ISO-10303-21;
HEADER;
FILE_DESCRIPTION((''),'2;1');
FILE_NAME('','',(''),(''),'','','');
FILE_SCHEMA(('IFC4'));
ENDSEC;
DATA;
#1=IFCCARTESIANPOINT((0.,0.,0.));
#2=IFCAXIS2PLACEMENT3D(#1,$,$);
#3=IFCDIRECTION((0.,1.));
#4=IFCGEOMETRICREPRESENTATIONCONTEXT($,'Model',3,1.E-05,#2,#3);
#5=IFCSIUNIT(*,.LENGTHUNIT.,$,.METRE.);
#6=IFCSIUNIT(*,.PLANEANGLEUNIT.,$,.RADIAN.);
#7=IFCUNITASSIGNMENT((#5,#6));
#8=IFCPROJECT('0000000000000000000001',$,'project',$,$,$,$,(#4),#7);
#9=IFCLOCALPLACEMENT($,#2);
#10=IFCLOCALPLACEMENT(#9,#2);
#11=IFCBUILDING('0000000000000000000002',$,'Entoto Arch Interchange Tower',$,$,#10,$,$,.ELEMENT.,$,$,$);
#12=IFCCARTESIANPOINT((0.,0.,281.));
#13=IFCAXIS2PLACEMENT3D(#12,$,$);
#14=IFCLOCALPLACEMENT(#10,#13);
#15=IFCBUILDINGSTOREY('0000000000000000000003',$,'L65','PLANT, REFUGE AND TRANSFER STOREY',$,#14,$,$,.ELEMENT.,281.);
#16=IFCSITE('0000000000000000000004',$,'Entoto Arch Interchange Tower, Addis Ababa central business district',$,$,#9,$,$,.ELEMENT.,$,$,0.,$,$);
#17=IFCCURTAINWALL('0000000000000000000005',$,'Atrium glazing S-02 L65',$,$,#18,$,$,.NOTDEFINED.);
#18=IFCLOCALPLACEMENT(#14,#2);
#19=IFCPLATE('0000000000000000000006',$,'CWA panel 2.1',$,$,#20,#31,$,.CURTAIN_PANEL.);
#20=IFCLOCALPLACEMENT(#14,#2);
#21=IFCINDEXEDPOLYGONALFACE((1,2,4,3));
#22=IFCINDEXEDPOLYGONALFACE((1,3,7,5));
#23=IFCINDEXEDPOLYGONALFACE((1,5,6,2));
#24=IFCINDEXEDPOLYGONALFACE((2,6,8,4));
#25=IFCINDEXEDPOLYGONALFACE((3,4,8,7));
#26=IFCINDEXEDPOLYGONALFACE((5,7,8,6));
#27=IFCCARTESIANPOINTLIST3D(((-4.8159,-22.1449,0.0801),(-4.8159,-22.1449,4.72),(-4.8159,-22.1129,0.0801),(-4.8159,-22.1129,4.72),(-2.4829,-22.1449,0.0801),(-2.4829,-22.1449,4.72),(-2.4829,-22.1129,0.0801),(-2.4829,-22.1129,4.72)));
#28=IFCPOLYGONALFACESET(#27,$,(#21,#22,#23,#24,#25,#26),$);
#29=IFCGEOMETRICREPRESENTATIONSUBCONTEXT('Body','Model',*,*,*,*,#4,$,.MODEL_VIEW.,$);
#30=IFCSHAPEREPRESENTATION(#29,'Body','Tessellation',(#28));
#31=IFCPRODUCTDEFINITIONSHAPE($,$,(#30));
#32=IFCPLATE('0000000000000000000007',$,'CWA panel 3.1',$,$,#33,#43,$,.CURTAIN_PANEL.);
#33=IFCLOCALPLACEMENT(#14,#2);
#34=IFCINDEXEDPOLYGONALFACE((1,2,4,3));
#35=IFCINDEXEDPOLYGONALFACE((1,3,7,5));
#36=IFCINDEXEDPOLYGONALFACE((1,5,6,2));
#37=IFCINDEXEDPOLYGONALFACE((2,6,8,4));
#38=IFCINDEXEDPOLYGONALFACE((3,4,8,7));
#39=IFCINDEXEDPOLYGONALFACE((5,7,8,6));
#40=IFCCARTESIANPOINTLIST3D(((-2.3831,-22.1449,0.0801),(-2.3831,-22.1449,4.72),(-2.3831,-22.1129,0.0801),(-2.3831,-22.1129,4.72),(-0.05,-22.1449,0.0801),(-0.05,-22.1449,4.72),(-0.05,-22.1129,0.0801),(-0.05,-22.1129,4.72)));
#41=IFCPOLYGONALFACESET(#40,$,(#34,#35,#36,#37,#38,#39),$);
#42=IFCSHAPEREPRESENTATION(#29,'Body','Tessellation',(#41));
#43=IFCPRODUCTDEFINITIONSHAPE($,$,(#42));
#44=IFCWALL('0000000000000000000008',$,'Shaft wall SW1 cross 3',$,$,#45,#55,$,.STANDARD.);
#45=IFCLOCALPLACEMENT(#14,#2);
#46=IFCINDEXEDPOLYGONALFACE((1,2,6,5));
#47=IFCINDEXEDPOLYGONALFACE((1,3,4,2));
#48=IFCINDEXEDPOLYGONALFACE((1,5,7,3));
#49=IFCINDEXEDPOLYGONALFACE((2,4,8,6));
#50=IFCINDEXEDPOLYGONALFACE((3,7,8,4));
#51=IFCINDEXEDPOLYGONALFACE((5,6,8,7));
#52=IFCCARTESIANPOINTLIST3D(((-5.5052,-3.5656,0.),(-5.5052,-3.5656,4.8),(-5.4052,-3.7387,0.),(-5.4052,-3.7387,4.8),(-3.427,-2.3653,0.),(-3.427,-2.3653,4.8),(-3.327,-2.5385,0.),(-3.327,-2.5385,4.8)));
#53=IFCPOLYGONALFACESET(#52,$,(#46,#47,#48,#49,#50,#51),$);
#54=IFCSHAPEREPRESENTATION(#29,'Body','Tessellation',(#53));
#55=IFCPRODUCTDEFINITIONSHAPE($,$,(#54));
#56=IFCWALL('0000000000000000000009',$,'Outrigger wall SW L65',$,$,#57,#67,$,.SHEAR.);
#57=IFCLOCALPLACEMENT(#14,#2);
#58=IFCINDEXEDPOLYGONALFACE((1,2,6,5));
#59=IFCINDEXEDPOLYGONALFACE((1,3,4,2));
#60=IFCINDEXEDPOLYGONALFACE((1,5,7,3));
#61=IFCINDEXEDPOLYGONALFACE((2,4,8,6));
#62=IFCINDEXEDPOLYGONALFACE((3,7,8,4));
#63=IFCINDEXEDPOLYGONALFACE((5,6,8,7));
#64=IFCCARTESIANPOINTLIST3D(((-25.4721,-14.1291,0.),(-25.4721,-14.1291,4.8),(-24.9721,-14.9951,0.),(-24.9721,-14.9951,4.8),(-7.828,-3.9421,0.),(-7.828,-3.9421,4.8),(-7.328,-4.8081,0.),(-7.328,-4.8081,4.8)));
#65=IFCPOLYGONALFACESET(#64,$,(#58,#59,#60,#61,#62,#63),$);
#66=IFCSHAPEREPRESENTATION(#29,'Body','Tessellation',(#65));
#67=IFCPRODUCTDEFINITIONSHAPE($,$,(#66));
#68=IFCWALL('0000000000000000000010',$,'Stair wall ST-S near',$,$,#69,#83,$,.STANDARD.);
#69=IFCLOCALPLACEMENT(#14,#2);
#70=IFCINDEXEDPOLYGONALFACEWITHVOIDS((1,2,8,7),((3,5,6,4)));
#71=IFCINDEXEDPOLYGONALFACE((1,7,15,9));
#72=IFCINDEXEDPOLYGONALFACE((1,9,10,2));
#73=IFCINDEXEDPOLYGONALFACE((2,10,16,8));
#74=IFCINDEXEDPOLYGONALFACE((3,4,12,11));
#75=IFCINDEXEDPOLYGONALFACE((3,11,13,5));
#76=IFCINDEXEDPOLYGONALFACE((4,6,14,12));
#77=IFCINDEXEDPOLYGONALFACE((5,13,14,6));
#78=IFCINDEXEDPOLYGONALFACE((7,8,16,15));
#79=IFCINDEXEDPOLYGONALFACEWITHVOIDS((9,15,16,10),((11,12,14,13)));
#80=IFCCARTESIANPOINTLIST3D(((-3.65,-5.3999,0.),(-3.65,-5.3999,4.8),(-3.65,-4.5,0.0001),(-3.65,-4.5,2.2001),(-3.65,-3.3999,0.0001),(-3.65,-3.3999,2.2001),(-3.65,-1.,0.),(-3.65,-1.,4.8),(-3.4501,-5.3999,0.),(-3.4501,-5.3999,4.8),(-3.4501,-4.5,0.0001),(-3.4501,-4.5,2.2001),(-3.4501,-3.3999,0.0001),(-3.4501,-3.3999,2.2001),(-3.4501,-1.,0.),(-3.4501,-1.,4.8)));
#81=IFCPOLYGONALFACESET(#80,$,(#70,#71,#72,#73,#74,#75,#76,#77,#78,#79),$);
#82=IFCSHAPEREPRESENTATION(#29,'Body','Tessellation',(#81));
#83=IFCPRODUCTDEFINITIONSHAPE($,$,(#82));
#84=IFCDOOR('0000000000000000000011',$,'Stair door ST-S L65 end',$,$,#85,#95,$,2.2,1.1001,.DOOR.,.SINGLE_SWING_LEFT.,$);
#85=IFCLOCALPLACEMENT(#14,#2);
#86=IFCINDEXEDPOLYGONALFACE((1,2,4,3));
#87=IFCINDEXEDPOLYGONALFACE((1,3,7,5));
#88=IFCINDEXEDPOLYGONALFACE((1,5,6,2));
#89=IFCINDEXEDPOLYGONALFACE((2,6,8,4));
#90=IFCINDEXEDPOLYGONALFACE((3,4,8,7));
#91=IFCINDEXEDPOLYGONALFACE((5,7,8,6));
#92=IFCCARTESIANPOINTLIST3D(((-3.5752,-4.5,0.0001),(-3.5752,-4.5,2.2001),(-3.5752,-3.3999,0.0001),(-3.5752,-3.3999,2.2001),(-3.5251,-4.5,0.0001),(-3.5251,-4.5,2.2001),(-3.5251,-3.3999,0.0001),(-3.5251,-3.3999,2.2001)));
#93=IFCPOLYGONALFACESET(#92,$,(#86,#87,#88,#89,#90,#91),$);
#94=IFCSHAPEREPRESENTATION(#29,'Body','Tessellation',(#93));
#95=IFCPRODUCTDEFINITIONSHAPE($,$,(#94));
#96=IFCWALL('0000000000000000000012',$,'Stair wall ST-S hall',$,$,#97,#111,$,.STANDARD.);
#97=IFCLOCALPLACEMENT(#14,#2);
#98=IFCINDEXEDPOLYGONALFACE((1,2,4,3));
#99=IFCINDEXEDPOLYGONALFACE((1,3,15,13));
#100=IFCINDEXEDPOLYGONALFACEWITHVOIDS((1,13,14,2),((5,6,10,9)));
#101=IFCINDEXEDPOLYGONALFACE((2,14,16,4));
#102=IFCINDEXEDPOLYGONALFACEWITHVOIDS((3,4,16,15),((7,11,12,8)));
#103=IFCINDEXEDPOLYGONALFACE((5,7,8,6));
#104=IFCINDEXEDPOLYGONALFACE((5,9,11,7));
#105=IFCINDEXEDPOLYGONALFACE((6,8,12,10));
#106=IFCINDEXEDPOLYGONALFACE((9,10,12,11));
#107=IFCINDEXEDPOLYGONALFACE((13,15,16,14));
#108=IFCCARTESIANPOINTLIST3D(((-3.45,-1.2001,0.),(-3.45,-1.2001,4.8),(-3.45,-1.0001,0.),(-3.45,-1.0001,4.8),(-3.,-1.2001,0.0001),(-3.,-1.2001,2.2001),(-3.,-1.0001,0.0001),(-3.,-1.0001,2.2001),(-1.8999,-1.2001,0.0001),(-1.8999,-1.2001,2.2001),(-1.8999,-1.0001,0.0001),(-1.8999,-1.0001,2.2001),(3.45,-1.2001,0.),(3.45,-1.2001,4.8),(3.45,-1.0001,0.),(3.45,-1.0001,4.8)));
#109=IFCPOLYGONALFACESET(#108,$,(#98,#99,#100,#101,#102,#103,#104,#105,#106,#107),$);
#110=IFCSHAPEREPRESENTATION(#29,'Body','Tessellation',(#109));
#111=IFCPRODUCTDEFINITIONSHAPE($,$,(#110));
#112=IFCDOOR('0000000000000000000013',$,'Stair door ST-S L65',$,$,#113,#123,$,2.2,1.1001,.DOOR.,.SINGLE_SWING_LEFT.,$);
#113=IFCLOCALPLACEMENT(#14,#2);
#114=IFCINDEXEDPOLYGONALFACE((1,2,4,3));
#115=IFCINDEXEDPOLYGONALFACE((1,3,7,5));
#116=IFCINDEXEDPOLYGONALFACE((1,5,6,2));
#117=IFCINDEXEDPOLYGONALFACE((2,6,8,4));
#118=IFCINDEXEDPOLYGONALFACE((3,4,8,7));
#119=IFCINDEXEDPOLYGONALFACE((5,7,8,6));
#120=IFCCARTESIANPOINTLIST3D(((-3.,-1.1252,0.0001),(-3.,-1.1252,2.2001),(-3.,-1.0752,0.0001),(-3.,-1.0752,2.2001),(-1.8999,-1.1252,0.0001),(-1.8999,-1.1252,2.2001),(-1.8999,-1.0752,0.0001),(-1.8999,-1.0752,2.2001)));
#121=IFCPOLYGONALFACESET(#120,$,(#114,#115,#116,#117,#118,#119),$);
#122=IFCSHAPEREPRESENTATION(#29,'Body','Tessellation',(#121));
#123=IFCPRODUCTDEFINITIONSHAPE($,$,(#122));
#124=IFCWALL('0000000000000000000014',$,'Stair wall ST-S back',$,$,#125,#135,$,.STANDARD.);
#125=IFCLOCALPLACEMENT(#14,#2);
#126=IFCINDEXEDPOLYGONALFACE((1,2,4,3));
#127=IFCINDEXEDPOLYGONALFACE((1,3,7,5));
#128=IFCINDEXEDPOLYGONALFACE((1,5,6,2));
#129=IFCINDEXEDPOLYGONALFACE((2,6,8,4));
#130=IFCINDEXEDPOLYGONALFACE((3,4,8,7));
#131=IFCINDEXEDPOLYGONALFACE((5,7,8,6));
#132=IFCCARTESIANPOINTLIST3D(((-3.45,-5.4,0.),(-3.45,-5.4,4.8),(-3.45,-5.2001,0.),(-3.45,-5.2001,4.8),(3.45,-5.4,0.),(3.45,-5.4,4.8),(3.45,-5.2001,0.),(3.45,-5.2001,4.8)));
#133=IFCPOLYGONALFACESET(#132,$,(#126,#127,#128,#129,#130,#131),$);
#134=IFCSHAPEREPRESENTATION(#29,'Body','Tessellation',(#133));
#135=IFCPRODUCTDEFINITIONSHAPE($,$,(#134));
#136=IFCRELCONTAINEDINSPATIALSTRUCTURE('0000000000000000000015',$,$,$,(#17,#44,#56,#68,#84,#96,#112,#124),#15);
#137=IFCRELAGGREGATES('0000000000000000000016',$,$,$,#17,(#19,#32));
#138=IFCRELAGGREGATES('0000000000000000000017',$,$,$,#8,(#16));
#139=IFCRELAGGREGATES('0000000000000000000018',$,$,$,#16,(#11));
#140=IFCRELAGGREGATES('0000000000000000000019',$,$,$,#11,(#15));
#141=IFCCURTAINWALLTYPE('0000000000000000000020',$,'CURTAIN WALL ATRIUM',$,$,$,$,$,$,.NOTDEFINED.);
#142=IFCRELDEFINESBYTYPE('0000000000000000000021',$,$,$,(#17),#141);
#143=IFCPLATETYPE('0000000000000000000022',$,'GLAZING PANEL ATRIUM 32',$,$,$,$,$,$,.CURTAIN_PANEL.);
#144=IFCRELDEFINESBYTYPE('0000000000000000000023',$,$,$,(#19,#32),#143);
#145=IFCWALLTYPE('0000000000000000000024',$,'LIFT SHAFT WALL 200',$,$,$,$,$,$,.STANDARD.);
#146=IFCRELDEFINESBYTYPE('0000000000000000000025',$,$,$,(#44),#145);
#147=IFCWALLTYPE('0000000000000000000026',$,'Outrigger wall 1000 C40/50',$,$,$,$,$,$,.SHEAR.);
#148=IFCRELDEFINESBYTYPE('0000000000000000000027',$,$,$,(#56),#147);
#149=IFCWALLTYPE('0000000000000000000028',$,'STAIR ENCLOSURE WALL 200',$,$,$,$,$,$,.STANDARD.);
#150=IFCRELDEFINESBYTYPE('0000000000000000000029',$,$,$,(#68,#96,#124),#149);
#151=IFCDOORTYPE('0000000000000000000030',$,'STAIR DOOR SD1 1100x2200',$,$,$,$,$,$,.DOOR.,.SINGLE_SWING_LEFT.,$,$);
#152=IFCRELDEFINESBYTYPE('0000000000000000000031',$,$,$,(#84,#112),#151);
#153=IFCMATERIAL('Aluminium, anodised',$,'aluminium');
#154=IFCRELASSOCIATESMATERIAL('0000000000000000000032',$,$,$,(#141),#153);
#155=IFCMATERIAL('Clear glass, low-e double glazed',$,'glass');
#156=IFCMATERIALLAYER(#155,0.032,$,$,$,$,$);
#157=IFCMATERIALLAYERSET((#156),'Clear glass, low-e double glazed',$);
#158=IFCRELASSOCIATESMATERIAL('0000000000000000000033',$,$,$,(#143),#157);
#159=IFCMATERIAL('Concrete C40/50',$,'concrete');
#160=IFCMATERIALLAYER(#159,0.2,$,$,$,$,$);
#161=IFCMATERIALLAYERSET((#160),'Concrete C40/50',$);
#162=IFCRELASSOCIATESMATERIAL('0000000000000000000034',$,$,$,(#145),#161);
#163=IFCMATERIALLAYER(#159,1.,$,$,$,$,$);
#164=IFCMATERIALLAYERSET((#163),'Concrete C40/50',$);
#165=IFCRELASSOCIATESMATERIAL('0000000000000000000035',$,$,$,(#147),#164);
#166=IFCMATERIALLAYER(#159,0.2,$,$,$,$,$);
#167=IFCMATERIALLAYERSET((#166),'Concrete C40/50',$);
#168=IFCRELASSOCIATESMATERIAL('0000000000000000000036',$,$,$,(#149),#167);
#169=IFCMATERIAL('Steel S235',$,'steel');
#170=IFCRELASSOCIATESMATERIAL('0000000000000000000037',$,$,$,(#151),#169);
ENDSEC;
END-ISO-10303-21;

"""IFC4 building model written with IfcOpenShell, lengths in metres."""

from ifc_helpers import new_model, si_unit, direction, frame, frame_2d, origin, origin_2d, place, context, subcontext, project, spatial, rectangle, extrude, material, layer, layer_set, type_object, element, fill, aggregate, save


model = new_model("IFC4")

# Units and contexts
model_context = context("Model", 3, precision=1e-05, world=origin(), true_north=direction((0.0, 1.0)))
body_context = subcontext(model_context, "Body", "Model", "MODEL_VIEW")
ifc_project = project(units=[si_unit("LENGTHUNIT", "METRE"), si_unit("PLANEANGLEUNIT", "RADIAN")], contexts=[model_context])

# Site, building, storey
site_placement = place(None, origin())
site = spatial("IfcSite", under=ifc_project, at=site_placement, Name="Entoto Arch Interchange Tower, Addis Ababa central business district", CompositionType="ELEMENT", RefElevation=0.0)
building_placement = place(site_placement, origin())
building = spatial("IfcBuilding", under=site, at=building_placement, Name="Entoto Arch Interchange Tower", CompositionType="ELEMENT")
storey_placement = place(building_placement, frame((0.0, 0.0, 281.0)))
storey = spatial("IfcBuildingStorey", under=building, at=storey_placement, Name="L65", Description="PLANT, REFUGE AND TRANSFER STOREY", CompositionType="ELEMENT", Elevation=281.0)

# Curtain wall
ifc_material_1 = material(Name="Aluminium, anodised", Category="aluminium")
curtain_wall_type = type_object("IfcCurtainWallType", Name="CURTAIN WALL ATRIUM", PredefinedType="NOTDEFINED", material=ifc_material_1)
curtain_wall_placement = place(storey_placement, origin())
curtain_wall = element("IfcCurtainWall", 1, at=curtain_wall_placement, inside=storey, type_object=curtain_wall_type, Name="Atrium glazing S-02 L65", PredefinedType="NOTDEFINED")

# Shared definitions
ifc_material_2 = material(Name="Concrete C40/50", Category="concrete")

# Plates
ifc_material_3 = material(Name="Clear glass, low-e double glazed", Category="glass")
ifc_layer_1 = layer(ifc_material_3, 0.032)
ifc_layer_set_1 = layer_set([ifc_layer_1], Name="Clear glass, low-e double glazed")
plate_type = type_object("IfcPlateType", Name="GLAZING PANEL ATRIUM 32", PredefinedType="CURTAIN_PANEL", material=ifc_layer_set_1)
plate_1_placement = place(storey_placement, frame((-3.6494, -22.1289, 0.0801), z_axis=(0.0, 0.0, 1.0), x_axis=(1.0, 0.0, 0.0)))
plate_1 = element("IfcPlate", 2, at=plate_1_placement, type_object=plate_type, Name="CWA panel 2.1", PredefinedType="CURTAIN_PANEL", context=body_context, shape_type="SweptSolid", body=[
    extrude(rectangle(XDim=2.333, YDim=0.032, at=origin_2d()), origin(), (0.0, 0.0, 1.0), 4.6399),
])
plate_2_placement = place(storey_placement, frame((-1.2166, -22.1289, 0.0801), z_axis=(0.0, 0.0, 1.0), x_axis=(1.0, 0.0, 0.0)))
plate_2 = element("IfcPlate", 3, at=plate_2_placement, type_object=plate_type, Name="CWA panel 3.1", PredefinedType="CURTAIN_PANEL", context=body_context, shape_type="SweptSolid", body=[
    extrude(rectangle(XDim=2.333, YDim=0.032, at=origin_2d()), origin(), (0.0, 0.0, 1.0), 4.6399),
])
aggregate(curtain_wall, [plate_1, plate_2])

# Walls
ifc_layer_2 = layer(ifc_material_2, 0.2)
ifc_layer_set_2 = layer_set([ifc_layer_2], Name="Concrete C40/50")
wall_type_1 = type_object("IfcWallType", Name="LIFT SHAFT WALL 200", PredefinedType="STANDARD", material=ifc_layer_set_2)
wall_1_placement = place(storey_placement, frame((-3.377, -2.4519, 0.0), z_axis=(0.0, 0.0, 1.0), x_axis=(-0.865955, -0.500122, 0.0)))
element("IfcWall", 4, at=wall_1_placement, inside=storey, type_object=wall_type_1, Name="Shaft wall SW1 cross 3", PredefinedType="STANDARD", context=body_context, shape_type="SweptSolid", body=[
    extrude(rectangle(XDim=2.3999, YDim=0.2, at=frame_2d((1.2, 0.0))), origin(), (0.0, 0.0, 1.0), 4.8),
])
ifc_layer_3 = layer(ifc_material_2, 1.0)
ifc_layer_set_3 = layer_set([ifc_layer_3], Name="Concrete C40/50")
wall_type_2 = type_object("IfcWallType", Name="Outrigger wall 1000 C40/50", PredefinedType="SHEAR", material=ifc_layer_set_3)
wall_2_placement = place(storey_placement, frame((-7.5779, -4.375, 0.0), z_axis=(0.0, 0.0, 1.0), x_axis=(-0.866021, -0.500008, 0.0)))
element("IfcWall", 5, at=wall_2_placement, inside=storey, type_object=wall_type_2, Name="Outrigger wall SW L65", PredefinedType="SHEAR", context=body_context, shape_type="SweptSolid", body=[
    extrude(rectangle(XDim=20.3738, YDim=1.0, at=frame_2d((10.187, 0.0))), origin(), (0.0, 0.0, 1.0), 4.8),
])

# Walls, openings, doors
ifc_layer_4 = layer(ifc_material_2, 0.2)
ifc_layer_set_4 = layer_set([ifc_layer_4], Name="Concrete C40/50")
wall_type_3 = type_object("IfcWallType", Name="STAIR ENCLOSURE WALL 200", PredefinedType="STANDARD", material=ifc_layer_set_4)
wall_3_placement = place(storey_placement, frame((-3.55, -1.0, 0.0), z_axis=(0.0, 0.0, 1.0), x_axis=(0.0, -1.0, 0.0)))
wall_3 = element("IfcWall", 6, at=wall_3_placement, inside=storey, type_object=wall_type_3, Name="Stair wall ST-S near", PredefinedType="STANDARD", context=body_context, shape_type="SweptSolid", body=[
    extrude(rectangle(XDim=4.3999, YDim=0.2, at=frame_2d((2.2, 0.0))), origin(), (0.0, 0.0, 1.0), 4.8),
])
opening_1_placement = place(wall_3_placement, frame((2.3999, 0.0, 0.0)))
opening_1 = element("IfcOpeningElement", 7, at=opening_1_placement, cuts=wall_3, PredefinedType="OPENING", context=body_context, shape_type="SweptSolid", body=[
    extrude(rectangle(XDim=1.1001, YDim=2.2, at=frame_2d((0.55, 1.1001))), frame((0.0, 0.1099, 0.0), z_axis=(0.0, -1.0, 0.0), x_axis=(1.0, 0.0, 0.0)), (0.0, 0.0, 1.0), 0.22),
])
ifc_material_4 = material(Name="Steel S235", Category="steel")
door_type = type_object("IfcDoorType", Name="STAIR DOOR SD1 1100x2200", OperationType="SINGLE_SWING_LEFT", PredefinedType="DOOR", material=ifc_material_4)
door_1_placement = place(opening_1_placement, origin())
door_1 = element("IfcDoor", 8, at=door_1_placement, inside=storey, type_object=door_type, Name="Stair door ST-S L65 end", OperationType="SINGLE_SWING_LEFT", OverallHeight=2.2, OverallWidth=1.1001, PredefinedType="DOOR", context=body_context, shape_type="SweptSolid", body=[
    extrude(rectangle(XDim=1.1001, YDim=2.2, at=frame_2d((0.55, 1.1001))), frame((0.0, 0.0249, 0.0), z_axis=(0.0, -1.0, 0.0), x_axis=(1.0, 0.0, 0.0)), (0.0, 0.0, 1.0), 0.05),
])
fill(opening_1, door_1)
wall_4_placement = place(storey_placement, frame((-3.45, -1.1001, 0.0), z_axis=(0.0, 0.0, 1.0), x_axis=(1.0, 0.0, 0.0)))
wall_4 = element("IfcWall", 9, at=wall_4_placement, inside=storey, type_object=wall_type_3, Name="Stair wall ST-S hall", PredefinedType="STANDARD", context=body_context, shape_type="SweptSolid", body=[
    extrude(rectangle(XDim=6.8999, YDim=0.2, at=frame_2d((3.45, 0.0))), origin(), (0.0, 0.0, 1.0), 4.8),
])
opening_2_placement = place(wall_4_placement, frame((0.45, 0.0, 0.0)))
opening_2 = element("IfcOpeningElement", 10, at=opening_2_placement, cuts=wall_4, PredefinedType="OPENING", context=body_context, shape_type="SweptSolid", body=[
    extrude(rectangle(XDim=1.1001, YDim=2.2, at=frame_2d((0.55, 1.1001))), frame((0.0, 0.1099, 0.0), z_axis=(0.0, -1.0, 0.0), x_axis=(1.0, 0.0, 0.0)), (0.0, 0.0, 1.0), 0.22),
])
door_2_placement = place(opening_2_placement, origin())
door_2 = element("IfcDoor", 11, at=door_2_placement, inside=storey, type_object=door_type, Name="Stair door ST-S L65", OperationType="SINGLE_SWING_LEFT", OverallHeight=2.2, OverallWidth=1.1001, PredefinedType="DOOR", context=body_context, shape_type="SweptSolid", body=[
    extrude(rectangle(XDim=1.1001, YDim=2.2, at=frame_2d((0.55, 1.1001))), frame((0.0, 0.0249, 0.0), z_axis=(0.0, -1.0, 0.0), x_axis=(1.0, 0.0, 0.0)), (0.0, 0.0, 1.0), 0.05),
])
fill(opening_2, door_2)

# Wall
wall_5_placement = place(storey_placement, frame((-3.45, -5.3, 0.0), z_axis=(0.0, 0.0, 1.0), x_axis=(1.0, 0.0, 0.0)))
element("IfcWall", 12, at=wall_5_placement, inside=storey, type_object=wall_type_3, Name="Stair wall ST-S back", PredefinedType="STANDARD", context=body_context, shape_type="SweptSolid", body=[
    extrude(rectangle(XDim=6.8999, YDim=0.2, at=frame_2d((3.45, 0.0))), origin(), (0.0, 0.0, 1.0), 4.8),
])

save(model, "model.ifc")
